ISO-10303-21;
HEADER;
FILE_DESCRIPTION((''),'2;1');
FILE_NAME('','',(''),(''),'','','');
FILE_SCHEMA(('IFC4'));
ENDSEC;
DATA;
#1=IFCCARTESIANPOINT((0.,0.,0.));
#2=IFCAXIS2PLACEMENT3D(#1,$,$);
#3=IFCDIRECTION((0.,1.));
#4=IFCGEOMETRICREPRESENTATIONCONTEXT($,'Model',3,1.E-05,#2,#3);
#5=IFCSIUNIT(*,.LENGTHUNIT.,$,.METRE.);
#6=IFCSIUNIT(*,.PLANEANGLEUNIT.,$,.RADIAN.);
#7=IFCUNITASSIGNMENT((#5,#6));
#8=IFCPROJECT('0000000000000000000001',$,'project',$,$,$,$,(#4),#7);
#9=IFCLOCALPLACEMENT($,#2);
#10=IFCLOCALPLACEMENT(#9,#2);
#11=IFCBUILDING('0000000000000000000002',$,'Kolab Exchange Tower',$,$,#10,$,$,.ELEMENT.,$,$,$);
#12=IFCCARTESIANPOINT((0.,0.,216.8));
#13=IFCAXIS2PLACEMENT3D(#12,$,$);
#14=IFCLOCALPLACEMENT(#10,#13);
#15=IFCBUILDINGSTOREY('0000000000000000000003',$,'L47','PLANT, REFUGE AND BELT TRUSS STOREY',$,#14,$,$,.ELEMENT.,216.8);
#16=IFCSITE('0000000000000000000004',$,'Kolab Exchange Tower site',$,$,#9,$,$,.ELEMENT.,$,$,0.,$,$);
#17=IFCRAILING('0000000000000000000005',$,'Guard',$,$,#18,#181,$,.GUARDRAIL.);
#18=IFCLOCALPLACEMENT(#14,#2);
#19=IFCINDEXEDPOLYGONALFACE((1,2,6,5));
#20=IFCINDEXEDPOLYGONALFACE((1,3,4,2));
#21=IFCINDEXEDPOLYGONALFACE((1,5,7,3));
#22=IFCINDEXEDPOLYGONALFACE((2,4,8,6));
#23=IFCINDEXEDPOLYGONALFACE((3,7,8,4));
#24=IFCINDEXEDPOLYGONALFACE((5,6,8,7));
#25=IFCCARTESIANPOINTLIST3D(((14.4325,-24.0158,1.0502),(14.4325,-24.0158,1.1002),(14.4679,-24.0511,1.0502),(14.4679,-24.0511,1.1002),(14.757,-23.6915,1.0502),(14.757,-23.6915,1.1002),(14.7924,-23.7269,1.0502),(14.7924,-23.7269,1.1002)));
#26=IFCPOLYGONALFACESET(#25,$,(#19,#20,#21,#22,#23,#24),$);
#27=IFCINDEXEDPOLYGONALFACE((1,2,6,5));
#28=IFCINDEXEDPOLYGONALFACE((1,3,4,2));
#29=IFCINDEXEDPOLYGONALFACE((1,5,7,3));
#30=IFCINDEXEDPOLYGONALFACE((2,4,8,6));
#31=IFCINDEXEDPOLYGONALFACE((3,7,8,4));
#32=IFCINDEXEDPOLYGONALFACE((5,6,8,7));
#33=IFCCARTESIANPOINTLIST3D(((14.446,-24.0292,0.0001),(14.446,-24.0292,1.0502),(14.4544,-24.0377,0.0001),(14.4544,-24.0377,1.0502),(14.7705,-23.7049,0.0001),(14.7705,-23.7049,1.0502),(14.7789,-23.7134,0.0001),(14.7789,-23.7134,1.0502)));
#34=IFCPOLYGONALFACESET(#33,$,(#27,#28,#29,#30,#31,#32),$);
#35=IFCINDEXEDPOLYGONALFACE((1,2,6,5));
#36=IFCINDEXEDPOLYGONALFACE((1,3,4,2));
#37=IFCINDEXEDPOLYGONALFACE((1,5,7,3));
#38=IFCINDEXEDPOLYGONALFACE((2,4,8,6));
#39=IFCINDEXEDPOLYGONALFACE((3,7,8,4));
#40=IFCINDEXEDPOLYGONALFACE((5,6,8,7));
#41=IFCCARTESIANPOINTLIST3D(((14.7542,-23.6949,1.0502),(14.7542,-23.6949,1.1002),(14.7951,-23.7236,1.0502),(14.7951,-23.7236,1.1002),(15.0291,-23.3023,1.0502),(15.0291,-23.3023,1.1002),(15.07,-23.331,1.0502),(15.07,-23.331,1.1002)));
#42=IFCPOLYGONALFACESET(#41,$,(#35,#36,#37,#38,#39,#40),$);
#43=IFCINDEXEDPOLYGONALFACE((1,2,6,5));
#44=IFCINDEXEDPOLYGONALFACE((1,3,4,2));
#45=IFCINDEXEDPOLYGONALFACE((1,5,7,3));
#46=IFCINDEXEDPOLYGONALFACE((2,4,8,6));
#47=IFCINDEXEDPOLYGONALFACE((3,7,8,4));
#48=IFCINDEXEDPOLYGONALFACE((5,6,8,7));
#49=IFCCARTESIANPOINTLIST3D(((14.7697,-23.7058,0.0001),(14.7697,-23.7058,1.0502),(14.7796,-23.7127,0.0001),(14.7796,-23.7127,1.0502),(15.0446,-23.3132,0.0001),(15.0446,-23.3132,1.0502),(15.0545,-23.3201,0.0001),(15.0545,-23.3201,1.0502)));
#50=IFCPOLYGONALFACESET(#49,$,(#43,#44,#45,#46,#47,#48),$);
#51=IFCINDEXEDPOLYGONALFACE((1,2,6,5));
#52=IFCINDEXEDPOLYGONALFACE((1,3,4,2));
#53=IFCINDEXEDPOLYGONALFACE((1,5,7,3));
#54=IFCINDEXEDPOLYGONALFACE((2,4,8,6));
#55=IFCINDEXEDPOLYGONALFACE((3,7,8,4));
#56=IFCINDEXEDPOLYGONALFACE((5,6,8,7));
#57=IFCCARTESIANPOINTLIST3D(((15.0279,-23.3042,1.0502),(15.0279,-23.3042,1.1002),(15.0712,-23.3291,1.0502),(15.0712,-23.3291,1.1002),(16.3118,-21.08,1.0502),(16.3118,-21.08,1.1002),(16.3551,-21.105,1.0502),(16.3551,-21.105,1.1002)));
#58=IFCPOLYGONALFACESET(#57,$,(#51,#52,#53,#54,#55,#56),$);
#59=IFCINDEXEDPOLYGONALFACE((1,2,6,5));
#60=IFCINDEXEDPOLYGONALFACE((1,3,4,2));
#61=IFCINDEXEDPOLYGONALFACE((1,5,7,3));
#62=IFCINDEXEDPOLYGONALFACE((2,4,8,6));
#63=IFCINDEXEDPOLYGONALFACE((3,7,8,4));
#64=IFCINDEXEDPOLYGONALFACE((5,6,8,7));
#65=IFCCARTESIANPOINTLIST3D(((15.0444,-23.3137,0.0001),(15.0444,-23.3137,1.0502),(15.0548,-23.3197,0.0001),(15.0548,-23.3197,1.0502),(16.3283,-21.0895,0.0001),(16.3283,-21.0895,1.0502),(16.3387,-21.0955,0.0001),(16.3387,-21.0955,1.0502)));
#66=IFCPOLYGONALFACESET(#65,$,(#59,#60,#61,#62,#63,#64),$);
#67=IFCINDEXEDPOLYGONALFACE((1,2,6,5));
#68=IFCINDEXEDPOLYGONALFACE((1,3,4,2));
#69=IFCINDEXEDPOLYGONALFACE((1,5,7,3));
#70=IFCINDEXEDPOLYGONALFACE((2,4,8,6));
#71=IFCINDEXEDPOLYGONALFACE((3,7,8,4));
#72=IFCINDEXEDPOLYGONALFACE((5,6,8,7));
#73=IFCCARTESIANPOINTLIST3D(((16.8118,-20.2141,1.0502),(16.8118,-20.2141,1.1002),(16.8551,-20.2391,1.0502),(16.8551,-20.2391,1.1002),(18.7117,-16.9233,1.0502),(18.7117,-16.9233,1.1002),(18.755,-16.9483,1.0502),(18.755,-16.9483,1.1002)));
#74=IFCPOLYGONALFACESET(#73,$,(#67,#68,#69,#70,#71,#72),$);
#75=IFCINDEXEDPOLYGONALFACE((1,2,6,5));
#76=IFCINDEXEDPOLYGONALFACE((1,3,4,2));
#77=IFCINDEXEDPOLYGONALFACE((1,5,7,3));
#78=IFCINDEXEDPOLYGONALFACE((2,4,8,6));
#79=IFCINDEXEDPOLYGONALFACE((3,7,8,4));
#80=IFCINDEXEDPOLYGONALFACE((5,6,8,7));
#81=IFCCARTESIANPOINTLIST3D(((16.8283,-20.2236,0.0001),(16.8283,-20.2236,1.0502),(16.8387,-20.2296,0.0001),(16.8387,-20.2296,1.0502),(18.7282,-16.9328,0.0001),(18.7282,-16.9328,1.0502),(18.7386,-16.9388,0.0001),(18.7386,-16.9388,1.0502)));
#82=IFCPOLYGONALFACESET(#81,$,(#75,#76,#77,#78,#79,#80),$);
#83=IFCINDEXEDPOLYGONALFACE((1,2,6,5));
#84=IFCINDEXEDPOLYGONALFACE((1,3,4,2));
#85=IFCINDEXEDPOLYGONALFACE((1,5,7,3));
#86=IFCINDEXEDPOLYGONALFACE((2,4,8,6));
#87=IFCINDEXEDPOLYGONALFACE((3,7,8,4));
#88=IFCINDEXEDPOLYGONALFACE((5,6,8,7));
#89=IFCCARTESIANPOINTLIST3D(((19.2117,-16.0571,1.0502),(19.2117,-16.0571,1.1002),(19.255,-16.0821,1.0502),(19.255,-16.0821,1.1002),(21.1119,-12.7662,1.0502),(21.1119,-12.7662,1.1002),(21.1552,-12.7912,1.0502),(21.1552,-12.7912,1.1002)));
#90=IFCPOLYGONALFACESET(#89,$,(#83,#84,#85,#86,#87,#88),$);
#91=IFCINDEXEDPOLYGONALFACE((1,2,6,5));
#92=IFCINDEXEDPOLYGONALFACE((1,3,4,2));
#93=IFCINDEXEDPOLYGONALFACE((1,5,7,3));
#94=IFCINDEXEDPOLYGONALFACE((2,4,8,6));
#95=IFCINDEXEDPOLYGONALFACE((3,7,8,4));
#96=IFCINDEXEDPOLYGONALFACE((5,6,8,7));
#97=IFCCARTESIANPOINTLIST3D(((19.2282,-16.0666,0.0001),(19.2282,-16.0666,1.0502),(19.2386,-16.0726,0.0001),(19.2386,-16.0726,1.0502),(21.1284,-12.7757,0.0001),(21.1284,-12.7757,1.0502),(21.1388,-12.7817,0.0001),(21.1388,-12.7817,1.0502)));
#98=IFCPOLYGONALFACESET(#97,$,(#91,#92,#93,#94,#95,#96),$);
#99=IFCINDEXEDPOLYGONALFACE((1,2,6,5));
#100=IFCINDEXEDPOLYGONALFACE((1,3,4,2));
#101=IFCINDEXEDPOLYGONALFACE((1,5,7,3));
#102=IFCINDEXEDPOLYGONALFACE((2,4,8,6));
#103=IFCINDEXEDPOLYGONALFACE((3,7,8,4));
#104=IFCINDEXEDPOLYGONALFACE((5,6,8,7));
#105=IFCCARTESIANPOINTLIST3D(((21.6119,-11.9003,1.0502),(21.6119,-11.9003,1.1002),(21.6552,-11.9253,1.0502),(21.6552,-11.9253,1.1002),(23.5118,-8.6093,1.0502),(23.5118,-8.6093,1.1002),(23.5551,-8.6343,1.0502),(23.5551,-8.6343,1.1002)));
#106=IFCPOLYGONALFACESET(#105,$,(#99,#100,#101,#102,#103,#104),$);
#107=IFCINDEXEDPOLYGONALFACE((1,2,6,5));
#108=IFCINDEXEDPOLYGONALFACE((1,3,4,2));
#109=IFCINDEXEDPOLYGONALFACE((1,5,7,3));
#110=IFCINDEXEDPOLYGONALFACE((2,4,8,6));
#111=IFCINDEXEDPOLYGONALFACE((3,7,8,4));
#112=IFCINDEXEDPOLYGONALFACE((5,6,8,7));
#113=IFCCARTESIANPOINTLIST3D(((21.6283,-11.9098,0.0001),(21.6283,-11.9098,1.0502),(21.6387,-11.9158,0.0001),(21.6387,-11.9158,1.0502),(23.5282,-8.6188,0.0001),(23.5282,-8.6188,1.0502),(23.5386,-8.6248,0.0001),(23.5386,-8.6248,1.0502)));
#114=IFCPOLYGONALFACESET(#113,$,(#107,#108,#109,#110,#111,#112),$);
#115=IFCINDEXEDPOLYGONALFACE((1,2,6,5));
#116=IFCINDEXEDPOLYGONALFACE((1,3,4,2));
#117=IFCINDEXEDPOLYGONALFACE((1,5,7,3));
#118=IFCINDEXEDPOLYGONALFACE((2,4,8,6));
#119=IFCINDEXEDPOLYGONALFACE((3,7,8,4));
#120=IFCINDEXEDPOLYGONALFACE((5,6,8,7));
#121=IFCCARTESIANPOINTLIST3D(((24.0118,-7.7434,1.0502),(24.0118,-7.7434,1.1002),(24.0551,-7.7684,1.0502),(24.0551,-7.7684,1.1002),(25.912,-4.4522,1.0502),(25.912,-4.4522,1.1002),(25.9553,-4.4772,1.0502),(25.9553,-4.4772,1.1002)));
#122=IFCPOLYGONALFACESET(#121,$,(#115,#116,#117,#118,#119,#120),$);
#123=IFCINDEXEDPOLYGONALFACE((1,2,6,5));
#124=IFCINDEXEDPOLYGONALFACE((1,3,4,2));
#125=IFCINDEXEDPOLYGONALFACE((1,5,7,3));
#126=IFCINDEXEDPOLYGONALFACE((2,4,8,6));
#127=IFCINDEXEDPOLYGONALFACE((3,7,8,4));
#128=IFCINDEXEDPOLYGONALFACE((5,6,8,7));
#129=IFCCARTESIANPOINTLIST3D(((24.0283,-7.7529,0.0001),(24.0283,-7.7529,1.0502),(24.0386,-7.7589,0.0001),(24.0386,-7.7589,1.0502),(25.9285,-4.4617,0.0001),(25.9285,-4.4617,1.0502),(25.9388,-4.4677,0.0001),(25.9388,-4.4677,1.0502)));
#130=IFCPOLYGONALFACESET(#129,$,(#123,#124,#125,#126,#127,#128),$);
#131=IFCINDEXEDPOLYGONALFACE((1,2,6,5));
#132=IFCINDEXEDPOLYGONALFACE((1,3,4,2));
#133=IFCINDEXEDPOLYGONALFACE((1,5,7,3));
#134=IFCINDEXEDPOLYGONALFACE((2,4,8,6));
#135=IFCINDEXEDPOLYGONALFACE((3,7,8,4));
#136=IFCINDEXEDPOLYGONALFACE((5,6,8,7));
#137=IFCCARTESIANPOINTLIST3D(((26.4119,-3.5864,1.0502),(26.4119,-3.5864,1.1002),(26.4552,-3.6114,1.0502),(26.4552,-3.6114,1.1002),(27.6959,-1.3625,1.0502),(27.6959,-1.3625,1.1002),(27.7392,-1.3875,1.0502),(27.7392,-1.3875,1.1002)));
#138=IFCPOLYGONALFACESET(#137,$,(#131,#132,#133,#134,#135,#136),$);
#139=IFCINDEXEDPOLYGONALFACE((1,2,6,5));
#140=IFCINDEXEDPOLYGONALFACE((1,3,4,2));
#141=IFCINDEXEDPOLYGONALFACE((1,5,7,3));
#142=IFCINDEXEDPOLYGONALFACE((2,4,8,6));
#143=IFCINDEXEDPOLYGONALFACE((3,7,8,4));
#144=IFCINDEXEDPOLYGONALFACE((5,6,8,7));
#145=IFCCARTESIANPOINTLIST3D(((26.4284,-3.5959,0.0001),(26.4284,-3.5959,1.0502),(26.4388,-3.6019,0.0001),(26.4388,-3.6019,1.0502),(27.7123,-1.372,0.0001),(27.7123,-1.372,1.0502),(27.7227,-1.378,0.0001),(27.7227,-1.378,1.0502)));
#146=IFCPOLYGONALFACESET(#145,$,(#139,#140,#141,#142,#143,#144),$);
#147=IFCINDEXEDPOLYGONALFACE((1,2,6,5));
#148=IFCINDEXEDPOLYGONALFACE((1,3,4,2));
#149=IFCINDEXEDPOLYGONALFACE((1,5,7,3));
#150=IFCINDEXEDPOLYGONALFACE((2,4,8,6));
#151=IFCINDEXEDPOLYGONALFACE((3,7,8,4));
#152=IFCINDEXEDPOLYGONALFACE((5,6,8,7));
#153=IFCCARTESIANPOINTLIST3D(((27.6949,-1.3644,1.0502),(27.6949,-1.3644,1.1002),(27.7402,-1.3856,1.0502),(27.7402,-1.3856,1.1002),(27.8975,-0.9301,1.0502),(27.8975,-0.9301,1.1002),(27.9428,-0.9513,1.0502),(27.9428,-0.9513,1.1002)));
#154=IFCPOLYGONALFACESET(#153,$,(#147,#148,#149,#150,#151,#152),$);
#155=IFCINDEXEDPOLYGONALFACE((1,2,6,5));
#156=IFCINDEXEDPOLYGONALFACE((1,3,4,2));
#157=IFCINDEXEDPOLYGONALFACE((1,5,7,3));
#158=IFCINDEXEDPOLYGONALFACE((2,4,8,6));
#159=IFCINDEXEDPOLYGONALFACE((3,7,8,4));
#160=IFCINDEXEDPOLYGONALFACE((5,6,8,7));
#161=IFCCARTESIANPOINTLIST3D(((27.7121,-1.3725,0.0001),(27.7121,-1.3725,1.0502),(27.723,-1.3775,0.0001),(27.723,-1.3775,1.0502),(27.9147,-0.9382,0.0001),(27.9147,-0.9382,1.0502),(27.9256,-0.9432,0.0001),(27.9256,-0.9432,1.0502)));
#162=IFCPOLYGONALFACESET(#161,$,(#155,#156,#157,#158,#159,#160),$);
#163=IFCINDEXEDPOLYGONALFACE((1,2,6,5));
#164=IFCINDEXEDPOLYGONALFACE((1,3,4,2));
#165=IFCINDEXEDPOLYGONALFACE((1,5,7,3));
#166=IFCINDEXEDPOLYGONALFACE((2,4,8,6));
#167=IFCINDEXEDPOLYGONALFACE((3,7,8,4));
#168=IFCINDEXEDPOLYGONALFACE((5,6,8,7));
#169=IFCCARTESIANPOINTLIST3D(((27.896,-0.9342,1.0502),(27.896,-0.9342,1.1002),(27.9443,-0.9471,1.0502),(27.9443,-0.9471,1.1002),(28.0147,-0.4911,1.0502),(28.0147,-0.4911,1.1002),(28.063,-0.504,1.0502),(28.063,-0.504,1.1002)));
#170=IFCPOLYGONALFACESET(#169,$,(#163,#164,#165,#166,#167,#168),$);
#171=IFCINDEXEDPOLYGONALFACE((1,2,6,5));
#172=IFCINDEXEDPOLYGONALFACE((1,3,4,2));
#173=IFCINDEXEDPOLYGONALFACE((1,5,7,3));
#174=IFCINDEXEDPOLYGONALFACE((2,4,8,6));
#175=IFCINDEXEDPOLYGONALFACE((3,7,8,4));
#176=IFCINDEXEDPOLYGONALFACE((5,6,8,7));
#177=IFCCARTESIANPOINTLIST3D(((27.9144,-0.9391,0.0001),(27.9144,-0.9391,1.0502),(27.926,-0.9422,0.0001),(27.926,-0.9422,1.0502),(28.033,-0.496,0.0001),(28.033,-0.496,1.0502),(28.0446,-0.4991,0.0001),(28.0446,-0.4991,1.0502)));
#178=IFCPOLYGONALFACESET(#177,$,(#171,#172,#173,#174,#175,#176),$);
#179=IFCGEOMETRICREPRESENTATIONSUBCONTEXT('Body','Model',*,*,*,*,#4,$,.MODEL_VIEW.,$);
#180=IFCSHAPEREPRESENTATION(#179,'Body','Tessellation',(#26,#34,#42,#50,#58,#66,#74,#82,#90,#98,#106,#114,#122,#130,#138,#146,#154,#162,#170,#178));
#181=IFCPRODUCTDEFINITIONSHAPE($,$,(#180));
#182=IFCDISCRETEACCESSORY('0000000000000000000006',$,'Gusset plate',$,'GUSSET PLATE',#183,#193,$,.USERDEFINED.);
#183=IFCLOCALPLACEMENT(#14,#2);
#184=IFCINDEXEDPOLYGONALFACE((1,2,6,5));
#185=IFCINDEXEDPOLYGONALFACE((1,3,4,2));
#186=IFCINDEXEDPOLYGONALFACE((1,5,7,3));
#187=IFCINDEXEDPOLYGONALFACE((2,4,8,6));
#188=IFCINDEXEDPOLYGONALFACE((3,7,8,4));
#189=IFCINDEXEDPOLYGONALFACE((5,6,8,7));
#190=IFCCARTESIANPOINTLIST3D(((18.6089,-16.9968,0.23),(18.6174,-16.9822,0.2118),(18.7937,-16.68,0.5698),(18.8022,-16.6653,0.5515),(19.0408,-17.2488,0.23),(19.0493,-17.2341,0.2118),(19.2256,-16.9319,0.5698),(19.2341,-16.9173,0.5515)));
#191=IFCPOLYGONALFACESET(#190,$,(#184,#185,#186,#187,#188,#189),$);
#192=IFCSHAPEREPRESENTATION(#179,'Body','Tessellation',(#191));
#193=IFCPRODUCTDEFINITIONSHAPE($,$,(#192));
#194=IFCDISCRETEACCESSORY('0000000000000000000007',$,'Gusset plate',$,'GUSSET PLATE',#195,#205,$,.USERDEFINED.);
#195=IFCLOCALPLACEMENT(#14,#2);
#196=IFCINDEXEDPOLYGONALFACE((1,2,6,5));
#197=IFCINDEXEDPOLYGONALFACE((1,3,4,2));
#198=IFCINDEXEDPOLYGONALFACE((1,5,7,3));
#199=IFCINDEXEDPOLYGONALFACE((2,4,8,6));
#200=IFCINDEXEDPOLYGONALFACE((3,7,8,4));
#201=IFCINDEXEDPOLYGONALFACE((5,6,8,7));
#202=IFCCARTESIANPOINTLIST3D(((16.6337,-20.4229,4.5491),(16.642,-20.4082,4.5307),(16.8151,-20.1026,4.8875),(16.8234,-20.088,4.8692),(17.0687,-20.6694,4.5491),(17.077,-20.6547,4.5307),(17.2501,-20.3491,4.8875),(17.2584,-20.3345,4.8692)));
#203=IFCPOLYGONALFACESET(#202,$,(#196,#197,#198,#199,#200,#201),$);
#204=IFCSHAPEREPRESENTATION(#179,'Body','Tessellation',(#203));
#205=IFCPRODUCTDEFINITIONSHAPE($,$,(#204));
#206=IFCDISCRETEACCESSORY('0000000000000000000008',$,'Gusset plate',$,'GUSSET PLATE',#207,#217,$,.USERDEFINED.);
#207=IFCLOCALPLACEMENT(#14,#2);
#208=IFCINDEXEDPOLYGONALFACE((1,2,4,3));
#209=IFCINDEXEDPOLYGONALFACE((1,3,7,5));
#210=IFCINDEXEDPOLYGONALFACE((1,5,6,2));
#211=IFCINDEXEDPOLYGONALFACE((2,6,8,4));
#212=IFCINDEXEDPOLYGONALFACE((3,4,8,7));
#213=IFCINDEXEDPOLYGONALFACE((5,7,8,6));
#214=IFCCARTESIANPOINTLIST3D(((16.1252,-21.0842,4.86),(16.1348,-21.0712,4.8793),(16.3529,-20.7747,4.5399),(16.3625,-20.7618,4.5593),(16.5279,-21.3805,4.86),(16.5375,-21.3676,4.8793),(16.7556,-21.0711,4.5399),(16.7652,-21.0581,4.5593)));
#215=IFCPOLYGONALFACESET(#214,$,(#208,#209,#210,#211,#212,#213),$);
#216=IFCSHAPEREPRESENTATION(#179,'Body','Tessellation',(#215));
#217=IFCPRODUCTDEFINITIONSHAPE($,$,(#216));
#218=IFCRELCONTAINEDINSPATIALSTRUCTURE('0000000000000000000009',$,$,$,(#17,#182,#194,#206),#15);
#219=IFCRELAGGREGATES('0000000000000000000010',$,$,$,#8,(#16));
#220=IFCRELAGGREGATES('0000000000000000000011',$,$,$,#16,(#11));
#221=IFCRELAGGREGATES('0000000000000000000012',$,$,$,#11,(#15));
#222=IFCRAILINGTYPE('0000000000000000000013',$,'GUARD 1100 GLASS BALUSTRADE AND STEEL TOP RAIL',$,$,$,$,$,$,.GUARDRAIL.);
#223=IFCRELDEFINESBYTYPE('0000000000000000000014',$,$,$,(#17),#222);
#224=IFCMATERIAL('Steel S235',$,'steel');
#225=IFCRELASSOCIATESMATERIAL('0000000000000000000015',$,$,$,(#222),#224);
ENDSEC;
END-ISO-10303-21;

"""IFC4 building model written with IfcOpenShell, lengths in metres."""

from ifc_helpers import new_model, si_unit, direction, frame, frame_2d, origin, origin_2d, place, context, subcontext, project, spatial, rectangle, extrude, material, type_object, element, save


model = new_model("IFC4")

# Units and contexts
model_context = context("Model", 3, precision=1e-05, world=origin(), true_north=direction((0.0, 1.0)))
body_context = subcontext(model_context, "Body", "Model", "MODEL_VIEW")
ifc_project = project(units=[si_unit("LENGTHUNIT", "METRE"), si_unit("PLANEANGLEUNIT", "RADIAN")], contexts=[model_context])

# Site, building, storey
site_placement = place(None, origin())
site = spatial("IfcSite", under=ifc_project, at=site_placement, Name="Kolab Exchange Tower site", CompositionType="ELEMENT", RefElevation=0.0)
building_placement = place(site_placement, origin())
building = spatial("IfcBuilding", under=site, at=building_placement, Name="Kolab Exchange Tower", CompositionType="ELEMENT")
storey_placement = place(building_placement, frame((0.0, 0.0, 216.8)))
storey = spatial("IfcBuildingStorey", under=building, at=storey_placement, Name="L47", Description="PLANT, REFUGE AND BELT TRUSS STOREY", CompositionType="ELEMENT", Elevation=216.8)

# Railing
ifc_material_1 = material(Name="Steel S235", Category="steel")
railing_type = type_object("IfcRailingType", Name="GUARD 1100 GLASS BALUSTRADE AND STEEL TOP RAIL", PredefinedType="GUARDRAIL", material=ifc_material_1)
railing_1_placement = place(storey_placement, frame((14.4502, -24.0334, 0.0)))
element("IfcRailing", 1, at=railing_1_placement, inside=storey, type_object=railing_type, Name="Guard", PredefinedType="GUARDRAIL", context=body_context, shape_type="SweptSolid", body=[
    extrude(rectangle(XDim=0.05, YDim=0.05, at=origin_2d()), frame((0.0, 0.0, 1.0752), z_axis=(0.707373, 0.706841, 0.0), x_axis=(-0.706841, 0.707373, 0.0)), (0.0, 0.0, 1.0), 0.4587),
    extrude(rectangle(XDim=0.012, YDim=1.0501, at=frame_2d((0.0, 0.5251))), frame((0.0, 0.0, 0.0), z_axis=(0.707373, 0.706841, 0.0), x_axis=(-0.706841, 0.707373, 0.0)), (0.0, 0.0, 1.0), 0.4587),
    extrude(rectangle(XDim=0.05, YDim=0.05, at=origin_2d()), frame((0.3245, 0.3242, 1.0752), z_axis=(0.573599, 0.819136, 0.0), x_axis=(-0.819136, 0.573599, 0.0)), (0.0, 0.0, 1.0), 0.4792),
    extrude(rectangle(XDim=0.012, YDim=1.0501, at=frame_2d((0.0, 0.5251))), frame((0.3245, 0.3242, 0.0), z_axis=(0.573599, 0.819136, 0.0), x_axis=(-0.819136, 0.573599, 0.0)), (0.0, 0.0, 1.0), 0.4792),
    extrude(rectangle(XDim=0.05, YDim=0.05, at=origin_2d()), frame((0.5994, 0.7168, 1.0752), z_axis=(0.499953, 0.866053, 0.0), x_axis=(-0.866053, 0.499953, 0.0)), (0.0, 0.0, 1.0), 2.5681),
    extrude(rectangle(XDim=0.012, YDim=1.0501, at=frame_2d((0.0, 0.5251))), frame((0.5994, 0.7168, 0.0), z_axis=(0.499953, 0.866053, 0.0), x_axis=(-0.866053, 0.499953, 0.0)), (0.0, 0.0, 1.0), 2.5681),
    extrude(rectangle(XDim=0.05, YDim=0.05, at=origin_2d()), frame((2.3833, 3.8069, 1.0752), z_axis=(0.499995, 0.866028, 0.0), x_axis=(-0.866028, 0.499995, 0.0)), (0.0, 0.0, 1.0), 3.7998),
    extrude(rectangle(XDim=0.012, YDim=1.0501, at=frame_2d((0.0, 0.5251))), frame((2.3833, 3.8069, 0.0), z_axis=(0.499995, 0.866028, 0.0), x_axis=(-0.866028, 0.499995, 0.0)), (0.0, 0.0, 1.0), 3.7998),
    extrude(rectangle(XDim=0.05, YDim=0.05, at=origin_2d()), frame((4.7832, 7.9639, 1.0752), z_axis=(0.500043, 0.866, 0.0), x_axis=(-0.866, 0.500043, 0.0)), (0.0, 0.0, 1.0), 3.8),
    extrude(rectangle(XDim=0.012, YDim=1.0501, at=frame_2d((0.0, 0.5251))), frame((4.7832, 7.9639, 0.0), z_axis=(0.500043, 0.866, 0.0), x_axis=(-0.866, 0.500043, 0.0)), (0.0, 0.0, 1.0), 3.8),
    extrude(rectangle(XDim=0.05, YDim=0.05, at=origin_2d()), frame((7.1833, 12.1206, 1.0752), z_axis=(0.499967, 0.866044, 0.0), x_axis=(-0.866044, 0.499967, 0.0)), (0.0, 0.0, 1.0), 3.8),
    extrude(rectangle(XDim=0.012, YDim=1.0501, at=frame_2d((0.0, 0.5251))), frame((7.1833, 12.1206, 0.0), z_axis=(0.499967, 0.866044, 0.0), x_axis=(-0.866044, 0.499967, 0.0)), (0.0, 0.0, 1.0), 3.8),
    extrude(rectangle(XDim=0.05, YDim=0.05, at=origin_2d()), frame((9.5833, 16.2776, 1.0752), z_axis=(0.500015, 0.866017, 0.0), x_axis=(-0.866017, 0.500015, 0.0)), (0.0, 0.0, 1.0), 3.8003),
    extrude(rectangle(XDim=0.012, YDim=1.0501, at=frame_2d((0.0, 0.5251))), frame((9.5833, 16.2776, 0.0), z_axis=(0.500015, 0.866017, 0.0), x_axis=(-0.866017, 0.500015, 0.0)), (0.0, 0.0, 1.0), 3.8003),
    extrude(rectangle(XDim=0.05, YDim=0.05, at=origin_2d()), frame((11.9834, 20.4346, 1.0752), z_axis=(0.499994, 0.866029, 0.0), x_axis=(-0.866029, 0.499994, 0.0)), (0.0, 0.0, 1.0), 2.5679),
    extrude(rectangle(XDim=0.012, YDim=1.0501, at=frame_2d((0.0, 0.5251))), frame((11.9834, 20.4346, 0.0), z_axis=(0.499994, 0.866029, 0.0), x_axis=(-0.866029, 0.499994, 0.0)), (0.0, 0.0, 1.0), 2.5679),
    extrude(rectangle(XDim=0.05, YDim=0.05, at=origin_2d()), frame((13.2673, 22.6584, 1.0752), z_axis=(0.422802, 0.906222, 0.0), x_axis=(-0.906222, 0.422802, 0.0)), (0.0, 0.0, 1.0), 0.4792),
    extrude(rectangle(XDim=0.012, YDim=1.0501, at=frame_2d((0.0, 0.5251))), frame((13.2673, 22.6584, 0.0), z_axis=(0.422802, 0.906222, 0.0), x_axis=(-0.906222, 0.422802, 0.0)), (0.0, 0.0, 1.0), 0.4792),
    extrude(rectangle(XDim=0.05, YDim=0.05, at=origin_2d()), frame((13.47, 23.0928, 1.0752), z_axis=(0.258656, 0.965969, 0.0), x_axis=(-0.965969, 0.258656, 0.0)), (0.0, 0.0, 1.0), 0.4587),
    extrude(rectangle(XDim=0.012, YDim=1.0501, at=frame_2d((0.0, 0.5251))), frame((13.47, 23.0928, 0.0), z_axis=(0.258656, 0.965969, 0.0), x_axis=(-0.965969, 0.258656, 0.0)), (0.0, 0.0, 1.0), 0.4587),
])

# Discrete accessories
for number, where, z_axis, x_axis, name in (
    (2, (18.9172, -16.9644, 0.3999), (0.342381, 0.586939, -0.733674), (-0.863779, 0.503871, 0.0), "Gusset plate"),
    (3, (16.9502, -20.3713, 4.7), (-0.333702, -0.588887, 0.736108), (0.870022, -0.493013, 0.0), "Gusset plate"),
):
    element("IfcDiscreteAccessory", number, at=place(storey_placement, frame(where, z_axis=z_axis, x_axis=x_axis)), inside=storey, Name=name, ObjectType="GUSSET PLATE", PredefinedType="USERDEFINED", context=body_context, shape_type="SweptSolid", body=[
        extrude(rectangle(XDim=0.5, YDim=0.5, at=origin_2d()), origin(), (0.0, 0.0, 1.0), 0.0249),
    ])
discrete_accessory_placement = place(storey_placement, frame((16.4404, -21.0776, 4.7), z_axis=(0.379321, 0.515487, 0.768368), x_axis=(-0.805438, 0.592681, 0.0)))
element("IfcDiscreteAccessory", 4, at=discrete_accessory_placement, inside=storey, Name="Gusset plate", ObjectType="GUSSET PLATE", PredefinedType="USERDEFINED", context=body_context, shape_type="SweptSolid", body=[
    extrude(rectangle(XDim=0.5, YDim=0.5, at=origin_2d()), origin(), (0.0, 0.0, 1.0), 0.0251),
])

save(model, "model.ifc")
